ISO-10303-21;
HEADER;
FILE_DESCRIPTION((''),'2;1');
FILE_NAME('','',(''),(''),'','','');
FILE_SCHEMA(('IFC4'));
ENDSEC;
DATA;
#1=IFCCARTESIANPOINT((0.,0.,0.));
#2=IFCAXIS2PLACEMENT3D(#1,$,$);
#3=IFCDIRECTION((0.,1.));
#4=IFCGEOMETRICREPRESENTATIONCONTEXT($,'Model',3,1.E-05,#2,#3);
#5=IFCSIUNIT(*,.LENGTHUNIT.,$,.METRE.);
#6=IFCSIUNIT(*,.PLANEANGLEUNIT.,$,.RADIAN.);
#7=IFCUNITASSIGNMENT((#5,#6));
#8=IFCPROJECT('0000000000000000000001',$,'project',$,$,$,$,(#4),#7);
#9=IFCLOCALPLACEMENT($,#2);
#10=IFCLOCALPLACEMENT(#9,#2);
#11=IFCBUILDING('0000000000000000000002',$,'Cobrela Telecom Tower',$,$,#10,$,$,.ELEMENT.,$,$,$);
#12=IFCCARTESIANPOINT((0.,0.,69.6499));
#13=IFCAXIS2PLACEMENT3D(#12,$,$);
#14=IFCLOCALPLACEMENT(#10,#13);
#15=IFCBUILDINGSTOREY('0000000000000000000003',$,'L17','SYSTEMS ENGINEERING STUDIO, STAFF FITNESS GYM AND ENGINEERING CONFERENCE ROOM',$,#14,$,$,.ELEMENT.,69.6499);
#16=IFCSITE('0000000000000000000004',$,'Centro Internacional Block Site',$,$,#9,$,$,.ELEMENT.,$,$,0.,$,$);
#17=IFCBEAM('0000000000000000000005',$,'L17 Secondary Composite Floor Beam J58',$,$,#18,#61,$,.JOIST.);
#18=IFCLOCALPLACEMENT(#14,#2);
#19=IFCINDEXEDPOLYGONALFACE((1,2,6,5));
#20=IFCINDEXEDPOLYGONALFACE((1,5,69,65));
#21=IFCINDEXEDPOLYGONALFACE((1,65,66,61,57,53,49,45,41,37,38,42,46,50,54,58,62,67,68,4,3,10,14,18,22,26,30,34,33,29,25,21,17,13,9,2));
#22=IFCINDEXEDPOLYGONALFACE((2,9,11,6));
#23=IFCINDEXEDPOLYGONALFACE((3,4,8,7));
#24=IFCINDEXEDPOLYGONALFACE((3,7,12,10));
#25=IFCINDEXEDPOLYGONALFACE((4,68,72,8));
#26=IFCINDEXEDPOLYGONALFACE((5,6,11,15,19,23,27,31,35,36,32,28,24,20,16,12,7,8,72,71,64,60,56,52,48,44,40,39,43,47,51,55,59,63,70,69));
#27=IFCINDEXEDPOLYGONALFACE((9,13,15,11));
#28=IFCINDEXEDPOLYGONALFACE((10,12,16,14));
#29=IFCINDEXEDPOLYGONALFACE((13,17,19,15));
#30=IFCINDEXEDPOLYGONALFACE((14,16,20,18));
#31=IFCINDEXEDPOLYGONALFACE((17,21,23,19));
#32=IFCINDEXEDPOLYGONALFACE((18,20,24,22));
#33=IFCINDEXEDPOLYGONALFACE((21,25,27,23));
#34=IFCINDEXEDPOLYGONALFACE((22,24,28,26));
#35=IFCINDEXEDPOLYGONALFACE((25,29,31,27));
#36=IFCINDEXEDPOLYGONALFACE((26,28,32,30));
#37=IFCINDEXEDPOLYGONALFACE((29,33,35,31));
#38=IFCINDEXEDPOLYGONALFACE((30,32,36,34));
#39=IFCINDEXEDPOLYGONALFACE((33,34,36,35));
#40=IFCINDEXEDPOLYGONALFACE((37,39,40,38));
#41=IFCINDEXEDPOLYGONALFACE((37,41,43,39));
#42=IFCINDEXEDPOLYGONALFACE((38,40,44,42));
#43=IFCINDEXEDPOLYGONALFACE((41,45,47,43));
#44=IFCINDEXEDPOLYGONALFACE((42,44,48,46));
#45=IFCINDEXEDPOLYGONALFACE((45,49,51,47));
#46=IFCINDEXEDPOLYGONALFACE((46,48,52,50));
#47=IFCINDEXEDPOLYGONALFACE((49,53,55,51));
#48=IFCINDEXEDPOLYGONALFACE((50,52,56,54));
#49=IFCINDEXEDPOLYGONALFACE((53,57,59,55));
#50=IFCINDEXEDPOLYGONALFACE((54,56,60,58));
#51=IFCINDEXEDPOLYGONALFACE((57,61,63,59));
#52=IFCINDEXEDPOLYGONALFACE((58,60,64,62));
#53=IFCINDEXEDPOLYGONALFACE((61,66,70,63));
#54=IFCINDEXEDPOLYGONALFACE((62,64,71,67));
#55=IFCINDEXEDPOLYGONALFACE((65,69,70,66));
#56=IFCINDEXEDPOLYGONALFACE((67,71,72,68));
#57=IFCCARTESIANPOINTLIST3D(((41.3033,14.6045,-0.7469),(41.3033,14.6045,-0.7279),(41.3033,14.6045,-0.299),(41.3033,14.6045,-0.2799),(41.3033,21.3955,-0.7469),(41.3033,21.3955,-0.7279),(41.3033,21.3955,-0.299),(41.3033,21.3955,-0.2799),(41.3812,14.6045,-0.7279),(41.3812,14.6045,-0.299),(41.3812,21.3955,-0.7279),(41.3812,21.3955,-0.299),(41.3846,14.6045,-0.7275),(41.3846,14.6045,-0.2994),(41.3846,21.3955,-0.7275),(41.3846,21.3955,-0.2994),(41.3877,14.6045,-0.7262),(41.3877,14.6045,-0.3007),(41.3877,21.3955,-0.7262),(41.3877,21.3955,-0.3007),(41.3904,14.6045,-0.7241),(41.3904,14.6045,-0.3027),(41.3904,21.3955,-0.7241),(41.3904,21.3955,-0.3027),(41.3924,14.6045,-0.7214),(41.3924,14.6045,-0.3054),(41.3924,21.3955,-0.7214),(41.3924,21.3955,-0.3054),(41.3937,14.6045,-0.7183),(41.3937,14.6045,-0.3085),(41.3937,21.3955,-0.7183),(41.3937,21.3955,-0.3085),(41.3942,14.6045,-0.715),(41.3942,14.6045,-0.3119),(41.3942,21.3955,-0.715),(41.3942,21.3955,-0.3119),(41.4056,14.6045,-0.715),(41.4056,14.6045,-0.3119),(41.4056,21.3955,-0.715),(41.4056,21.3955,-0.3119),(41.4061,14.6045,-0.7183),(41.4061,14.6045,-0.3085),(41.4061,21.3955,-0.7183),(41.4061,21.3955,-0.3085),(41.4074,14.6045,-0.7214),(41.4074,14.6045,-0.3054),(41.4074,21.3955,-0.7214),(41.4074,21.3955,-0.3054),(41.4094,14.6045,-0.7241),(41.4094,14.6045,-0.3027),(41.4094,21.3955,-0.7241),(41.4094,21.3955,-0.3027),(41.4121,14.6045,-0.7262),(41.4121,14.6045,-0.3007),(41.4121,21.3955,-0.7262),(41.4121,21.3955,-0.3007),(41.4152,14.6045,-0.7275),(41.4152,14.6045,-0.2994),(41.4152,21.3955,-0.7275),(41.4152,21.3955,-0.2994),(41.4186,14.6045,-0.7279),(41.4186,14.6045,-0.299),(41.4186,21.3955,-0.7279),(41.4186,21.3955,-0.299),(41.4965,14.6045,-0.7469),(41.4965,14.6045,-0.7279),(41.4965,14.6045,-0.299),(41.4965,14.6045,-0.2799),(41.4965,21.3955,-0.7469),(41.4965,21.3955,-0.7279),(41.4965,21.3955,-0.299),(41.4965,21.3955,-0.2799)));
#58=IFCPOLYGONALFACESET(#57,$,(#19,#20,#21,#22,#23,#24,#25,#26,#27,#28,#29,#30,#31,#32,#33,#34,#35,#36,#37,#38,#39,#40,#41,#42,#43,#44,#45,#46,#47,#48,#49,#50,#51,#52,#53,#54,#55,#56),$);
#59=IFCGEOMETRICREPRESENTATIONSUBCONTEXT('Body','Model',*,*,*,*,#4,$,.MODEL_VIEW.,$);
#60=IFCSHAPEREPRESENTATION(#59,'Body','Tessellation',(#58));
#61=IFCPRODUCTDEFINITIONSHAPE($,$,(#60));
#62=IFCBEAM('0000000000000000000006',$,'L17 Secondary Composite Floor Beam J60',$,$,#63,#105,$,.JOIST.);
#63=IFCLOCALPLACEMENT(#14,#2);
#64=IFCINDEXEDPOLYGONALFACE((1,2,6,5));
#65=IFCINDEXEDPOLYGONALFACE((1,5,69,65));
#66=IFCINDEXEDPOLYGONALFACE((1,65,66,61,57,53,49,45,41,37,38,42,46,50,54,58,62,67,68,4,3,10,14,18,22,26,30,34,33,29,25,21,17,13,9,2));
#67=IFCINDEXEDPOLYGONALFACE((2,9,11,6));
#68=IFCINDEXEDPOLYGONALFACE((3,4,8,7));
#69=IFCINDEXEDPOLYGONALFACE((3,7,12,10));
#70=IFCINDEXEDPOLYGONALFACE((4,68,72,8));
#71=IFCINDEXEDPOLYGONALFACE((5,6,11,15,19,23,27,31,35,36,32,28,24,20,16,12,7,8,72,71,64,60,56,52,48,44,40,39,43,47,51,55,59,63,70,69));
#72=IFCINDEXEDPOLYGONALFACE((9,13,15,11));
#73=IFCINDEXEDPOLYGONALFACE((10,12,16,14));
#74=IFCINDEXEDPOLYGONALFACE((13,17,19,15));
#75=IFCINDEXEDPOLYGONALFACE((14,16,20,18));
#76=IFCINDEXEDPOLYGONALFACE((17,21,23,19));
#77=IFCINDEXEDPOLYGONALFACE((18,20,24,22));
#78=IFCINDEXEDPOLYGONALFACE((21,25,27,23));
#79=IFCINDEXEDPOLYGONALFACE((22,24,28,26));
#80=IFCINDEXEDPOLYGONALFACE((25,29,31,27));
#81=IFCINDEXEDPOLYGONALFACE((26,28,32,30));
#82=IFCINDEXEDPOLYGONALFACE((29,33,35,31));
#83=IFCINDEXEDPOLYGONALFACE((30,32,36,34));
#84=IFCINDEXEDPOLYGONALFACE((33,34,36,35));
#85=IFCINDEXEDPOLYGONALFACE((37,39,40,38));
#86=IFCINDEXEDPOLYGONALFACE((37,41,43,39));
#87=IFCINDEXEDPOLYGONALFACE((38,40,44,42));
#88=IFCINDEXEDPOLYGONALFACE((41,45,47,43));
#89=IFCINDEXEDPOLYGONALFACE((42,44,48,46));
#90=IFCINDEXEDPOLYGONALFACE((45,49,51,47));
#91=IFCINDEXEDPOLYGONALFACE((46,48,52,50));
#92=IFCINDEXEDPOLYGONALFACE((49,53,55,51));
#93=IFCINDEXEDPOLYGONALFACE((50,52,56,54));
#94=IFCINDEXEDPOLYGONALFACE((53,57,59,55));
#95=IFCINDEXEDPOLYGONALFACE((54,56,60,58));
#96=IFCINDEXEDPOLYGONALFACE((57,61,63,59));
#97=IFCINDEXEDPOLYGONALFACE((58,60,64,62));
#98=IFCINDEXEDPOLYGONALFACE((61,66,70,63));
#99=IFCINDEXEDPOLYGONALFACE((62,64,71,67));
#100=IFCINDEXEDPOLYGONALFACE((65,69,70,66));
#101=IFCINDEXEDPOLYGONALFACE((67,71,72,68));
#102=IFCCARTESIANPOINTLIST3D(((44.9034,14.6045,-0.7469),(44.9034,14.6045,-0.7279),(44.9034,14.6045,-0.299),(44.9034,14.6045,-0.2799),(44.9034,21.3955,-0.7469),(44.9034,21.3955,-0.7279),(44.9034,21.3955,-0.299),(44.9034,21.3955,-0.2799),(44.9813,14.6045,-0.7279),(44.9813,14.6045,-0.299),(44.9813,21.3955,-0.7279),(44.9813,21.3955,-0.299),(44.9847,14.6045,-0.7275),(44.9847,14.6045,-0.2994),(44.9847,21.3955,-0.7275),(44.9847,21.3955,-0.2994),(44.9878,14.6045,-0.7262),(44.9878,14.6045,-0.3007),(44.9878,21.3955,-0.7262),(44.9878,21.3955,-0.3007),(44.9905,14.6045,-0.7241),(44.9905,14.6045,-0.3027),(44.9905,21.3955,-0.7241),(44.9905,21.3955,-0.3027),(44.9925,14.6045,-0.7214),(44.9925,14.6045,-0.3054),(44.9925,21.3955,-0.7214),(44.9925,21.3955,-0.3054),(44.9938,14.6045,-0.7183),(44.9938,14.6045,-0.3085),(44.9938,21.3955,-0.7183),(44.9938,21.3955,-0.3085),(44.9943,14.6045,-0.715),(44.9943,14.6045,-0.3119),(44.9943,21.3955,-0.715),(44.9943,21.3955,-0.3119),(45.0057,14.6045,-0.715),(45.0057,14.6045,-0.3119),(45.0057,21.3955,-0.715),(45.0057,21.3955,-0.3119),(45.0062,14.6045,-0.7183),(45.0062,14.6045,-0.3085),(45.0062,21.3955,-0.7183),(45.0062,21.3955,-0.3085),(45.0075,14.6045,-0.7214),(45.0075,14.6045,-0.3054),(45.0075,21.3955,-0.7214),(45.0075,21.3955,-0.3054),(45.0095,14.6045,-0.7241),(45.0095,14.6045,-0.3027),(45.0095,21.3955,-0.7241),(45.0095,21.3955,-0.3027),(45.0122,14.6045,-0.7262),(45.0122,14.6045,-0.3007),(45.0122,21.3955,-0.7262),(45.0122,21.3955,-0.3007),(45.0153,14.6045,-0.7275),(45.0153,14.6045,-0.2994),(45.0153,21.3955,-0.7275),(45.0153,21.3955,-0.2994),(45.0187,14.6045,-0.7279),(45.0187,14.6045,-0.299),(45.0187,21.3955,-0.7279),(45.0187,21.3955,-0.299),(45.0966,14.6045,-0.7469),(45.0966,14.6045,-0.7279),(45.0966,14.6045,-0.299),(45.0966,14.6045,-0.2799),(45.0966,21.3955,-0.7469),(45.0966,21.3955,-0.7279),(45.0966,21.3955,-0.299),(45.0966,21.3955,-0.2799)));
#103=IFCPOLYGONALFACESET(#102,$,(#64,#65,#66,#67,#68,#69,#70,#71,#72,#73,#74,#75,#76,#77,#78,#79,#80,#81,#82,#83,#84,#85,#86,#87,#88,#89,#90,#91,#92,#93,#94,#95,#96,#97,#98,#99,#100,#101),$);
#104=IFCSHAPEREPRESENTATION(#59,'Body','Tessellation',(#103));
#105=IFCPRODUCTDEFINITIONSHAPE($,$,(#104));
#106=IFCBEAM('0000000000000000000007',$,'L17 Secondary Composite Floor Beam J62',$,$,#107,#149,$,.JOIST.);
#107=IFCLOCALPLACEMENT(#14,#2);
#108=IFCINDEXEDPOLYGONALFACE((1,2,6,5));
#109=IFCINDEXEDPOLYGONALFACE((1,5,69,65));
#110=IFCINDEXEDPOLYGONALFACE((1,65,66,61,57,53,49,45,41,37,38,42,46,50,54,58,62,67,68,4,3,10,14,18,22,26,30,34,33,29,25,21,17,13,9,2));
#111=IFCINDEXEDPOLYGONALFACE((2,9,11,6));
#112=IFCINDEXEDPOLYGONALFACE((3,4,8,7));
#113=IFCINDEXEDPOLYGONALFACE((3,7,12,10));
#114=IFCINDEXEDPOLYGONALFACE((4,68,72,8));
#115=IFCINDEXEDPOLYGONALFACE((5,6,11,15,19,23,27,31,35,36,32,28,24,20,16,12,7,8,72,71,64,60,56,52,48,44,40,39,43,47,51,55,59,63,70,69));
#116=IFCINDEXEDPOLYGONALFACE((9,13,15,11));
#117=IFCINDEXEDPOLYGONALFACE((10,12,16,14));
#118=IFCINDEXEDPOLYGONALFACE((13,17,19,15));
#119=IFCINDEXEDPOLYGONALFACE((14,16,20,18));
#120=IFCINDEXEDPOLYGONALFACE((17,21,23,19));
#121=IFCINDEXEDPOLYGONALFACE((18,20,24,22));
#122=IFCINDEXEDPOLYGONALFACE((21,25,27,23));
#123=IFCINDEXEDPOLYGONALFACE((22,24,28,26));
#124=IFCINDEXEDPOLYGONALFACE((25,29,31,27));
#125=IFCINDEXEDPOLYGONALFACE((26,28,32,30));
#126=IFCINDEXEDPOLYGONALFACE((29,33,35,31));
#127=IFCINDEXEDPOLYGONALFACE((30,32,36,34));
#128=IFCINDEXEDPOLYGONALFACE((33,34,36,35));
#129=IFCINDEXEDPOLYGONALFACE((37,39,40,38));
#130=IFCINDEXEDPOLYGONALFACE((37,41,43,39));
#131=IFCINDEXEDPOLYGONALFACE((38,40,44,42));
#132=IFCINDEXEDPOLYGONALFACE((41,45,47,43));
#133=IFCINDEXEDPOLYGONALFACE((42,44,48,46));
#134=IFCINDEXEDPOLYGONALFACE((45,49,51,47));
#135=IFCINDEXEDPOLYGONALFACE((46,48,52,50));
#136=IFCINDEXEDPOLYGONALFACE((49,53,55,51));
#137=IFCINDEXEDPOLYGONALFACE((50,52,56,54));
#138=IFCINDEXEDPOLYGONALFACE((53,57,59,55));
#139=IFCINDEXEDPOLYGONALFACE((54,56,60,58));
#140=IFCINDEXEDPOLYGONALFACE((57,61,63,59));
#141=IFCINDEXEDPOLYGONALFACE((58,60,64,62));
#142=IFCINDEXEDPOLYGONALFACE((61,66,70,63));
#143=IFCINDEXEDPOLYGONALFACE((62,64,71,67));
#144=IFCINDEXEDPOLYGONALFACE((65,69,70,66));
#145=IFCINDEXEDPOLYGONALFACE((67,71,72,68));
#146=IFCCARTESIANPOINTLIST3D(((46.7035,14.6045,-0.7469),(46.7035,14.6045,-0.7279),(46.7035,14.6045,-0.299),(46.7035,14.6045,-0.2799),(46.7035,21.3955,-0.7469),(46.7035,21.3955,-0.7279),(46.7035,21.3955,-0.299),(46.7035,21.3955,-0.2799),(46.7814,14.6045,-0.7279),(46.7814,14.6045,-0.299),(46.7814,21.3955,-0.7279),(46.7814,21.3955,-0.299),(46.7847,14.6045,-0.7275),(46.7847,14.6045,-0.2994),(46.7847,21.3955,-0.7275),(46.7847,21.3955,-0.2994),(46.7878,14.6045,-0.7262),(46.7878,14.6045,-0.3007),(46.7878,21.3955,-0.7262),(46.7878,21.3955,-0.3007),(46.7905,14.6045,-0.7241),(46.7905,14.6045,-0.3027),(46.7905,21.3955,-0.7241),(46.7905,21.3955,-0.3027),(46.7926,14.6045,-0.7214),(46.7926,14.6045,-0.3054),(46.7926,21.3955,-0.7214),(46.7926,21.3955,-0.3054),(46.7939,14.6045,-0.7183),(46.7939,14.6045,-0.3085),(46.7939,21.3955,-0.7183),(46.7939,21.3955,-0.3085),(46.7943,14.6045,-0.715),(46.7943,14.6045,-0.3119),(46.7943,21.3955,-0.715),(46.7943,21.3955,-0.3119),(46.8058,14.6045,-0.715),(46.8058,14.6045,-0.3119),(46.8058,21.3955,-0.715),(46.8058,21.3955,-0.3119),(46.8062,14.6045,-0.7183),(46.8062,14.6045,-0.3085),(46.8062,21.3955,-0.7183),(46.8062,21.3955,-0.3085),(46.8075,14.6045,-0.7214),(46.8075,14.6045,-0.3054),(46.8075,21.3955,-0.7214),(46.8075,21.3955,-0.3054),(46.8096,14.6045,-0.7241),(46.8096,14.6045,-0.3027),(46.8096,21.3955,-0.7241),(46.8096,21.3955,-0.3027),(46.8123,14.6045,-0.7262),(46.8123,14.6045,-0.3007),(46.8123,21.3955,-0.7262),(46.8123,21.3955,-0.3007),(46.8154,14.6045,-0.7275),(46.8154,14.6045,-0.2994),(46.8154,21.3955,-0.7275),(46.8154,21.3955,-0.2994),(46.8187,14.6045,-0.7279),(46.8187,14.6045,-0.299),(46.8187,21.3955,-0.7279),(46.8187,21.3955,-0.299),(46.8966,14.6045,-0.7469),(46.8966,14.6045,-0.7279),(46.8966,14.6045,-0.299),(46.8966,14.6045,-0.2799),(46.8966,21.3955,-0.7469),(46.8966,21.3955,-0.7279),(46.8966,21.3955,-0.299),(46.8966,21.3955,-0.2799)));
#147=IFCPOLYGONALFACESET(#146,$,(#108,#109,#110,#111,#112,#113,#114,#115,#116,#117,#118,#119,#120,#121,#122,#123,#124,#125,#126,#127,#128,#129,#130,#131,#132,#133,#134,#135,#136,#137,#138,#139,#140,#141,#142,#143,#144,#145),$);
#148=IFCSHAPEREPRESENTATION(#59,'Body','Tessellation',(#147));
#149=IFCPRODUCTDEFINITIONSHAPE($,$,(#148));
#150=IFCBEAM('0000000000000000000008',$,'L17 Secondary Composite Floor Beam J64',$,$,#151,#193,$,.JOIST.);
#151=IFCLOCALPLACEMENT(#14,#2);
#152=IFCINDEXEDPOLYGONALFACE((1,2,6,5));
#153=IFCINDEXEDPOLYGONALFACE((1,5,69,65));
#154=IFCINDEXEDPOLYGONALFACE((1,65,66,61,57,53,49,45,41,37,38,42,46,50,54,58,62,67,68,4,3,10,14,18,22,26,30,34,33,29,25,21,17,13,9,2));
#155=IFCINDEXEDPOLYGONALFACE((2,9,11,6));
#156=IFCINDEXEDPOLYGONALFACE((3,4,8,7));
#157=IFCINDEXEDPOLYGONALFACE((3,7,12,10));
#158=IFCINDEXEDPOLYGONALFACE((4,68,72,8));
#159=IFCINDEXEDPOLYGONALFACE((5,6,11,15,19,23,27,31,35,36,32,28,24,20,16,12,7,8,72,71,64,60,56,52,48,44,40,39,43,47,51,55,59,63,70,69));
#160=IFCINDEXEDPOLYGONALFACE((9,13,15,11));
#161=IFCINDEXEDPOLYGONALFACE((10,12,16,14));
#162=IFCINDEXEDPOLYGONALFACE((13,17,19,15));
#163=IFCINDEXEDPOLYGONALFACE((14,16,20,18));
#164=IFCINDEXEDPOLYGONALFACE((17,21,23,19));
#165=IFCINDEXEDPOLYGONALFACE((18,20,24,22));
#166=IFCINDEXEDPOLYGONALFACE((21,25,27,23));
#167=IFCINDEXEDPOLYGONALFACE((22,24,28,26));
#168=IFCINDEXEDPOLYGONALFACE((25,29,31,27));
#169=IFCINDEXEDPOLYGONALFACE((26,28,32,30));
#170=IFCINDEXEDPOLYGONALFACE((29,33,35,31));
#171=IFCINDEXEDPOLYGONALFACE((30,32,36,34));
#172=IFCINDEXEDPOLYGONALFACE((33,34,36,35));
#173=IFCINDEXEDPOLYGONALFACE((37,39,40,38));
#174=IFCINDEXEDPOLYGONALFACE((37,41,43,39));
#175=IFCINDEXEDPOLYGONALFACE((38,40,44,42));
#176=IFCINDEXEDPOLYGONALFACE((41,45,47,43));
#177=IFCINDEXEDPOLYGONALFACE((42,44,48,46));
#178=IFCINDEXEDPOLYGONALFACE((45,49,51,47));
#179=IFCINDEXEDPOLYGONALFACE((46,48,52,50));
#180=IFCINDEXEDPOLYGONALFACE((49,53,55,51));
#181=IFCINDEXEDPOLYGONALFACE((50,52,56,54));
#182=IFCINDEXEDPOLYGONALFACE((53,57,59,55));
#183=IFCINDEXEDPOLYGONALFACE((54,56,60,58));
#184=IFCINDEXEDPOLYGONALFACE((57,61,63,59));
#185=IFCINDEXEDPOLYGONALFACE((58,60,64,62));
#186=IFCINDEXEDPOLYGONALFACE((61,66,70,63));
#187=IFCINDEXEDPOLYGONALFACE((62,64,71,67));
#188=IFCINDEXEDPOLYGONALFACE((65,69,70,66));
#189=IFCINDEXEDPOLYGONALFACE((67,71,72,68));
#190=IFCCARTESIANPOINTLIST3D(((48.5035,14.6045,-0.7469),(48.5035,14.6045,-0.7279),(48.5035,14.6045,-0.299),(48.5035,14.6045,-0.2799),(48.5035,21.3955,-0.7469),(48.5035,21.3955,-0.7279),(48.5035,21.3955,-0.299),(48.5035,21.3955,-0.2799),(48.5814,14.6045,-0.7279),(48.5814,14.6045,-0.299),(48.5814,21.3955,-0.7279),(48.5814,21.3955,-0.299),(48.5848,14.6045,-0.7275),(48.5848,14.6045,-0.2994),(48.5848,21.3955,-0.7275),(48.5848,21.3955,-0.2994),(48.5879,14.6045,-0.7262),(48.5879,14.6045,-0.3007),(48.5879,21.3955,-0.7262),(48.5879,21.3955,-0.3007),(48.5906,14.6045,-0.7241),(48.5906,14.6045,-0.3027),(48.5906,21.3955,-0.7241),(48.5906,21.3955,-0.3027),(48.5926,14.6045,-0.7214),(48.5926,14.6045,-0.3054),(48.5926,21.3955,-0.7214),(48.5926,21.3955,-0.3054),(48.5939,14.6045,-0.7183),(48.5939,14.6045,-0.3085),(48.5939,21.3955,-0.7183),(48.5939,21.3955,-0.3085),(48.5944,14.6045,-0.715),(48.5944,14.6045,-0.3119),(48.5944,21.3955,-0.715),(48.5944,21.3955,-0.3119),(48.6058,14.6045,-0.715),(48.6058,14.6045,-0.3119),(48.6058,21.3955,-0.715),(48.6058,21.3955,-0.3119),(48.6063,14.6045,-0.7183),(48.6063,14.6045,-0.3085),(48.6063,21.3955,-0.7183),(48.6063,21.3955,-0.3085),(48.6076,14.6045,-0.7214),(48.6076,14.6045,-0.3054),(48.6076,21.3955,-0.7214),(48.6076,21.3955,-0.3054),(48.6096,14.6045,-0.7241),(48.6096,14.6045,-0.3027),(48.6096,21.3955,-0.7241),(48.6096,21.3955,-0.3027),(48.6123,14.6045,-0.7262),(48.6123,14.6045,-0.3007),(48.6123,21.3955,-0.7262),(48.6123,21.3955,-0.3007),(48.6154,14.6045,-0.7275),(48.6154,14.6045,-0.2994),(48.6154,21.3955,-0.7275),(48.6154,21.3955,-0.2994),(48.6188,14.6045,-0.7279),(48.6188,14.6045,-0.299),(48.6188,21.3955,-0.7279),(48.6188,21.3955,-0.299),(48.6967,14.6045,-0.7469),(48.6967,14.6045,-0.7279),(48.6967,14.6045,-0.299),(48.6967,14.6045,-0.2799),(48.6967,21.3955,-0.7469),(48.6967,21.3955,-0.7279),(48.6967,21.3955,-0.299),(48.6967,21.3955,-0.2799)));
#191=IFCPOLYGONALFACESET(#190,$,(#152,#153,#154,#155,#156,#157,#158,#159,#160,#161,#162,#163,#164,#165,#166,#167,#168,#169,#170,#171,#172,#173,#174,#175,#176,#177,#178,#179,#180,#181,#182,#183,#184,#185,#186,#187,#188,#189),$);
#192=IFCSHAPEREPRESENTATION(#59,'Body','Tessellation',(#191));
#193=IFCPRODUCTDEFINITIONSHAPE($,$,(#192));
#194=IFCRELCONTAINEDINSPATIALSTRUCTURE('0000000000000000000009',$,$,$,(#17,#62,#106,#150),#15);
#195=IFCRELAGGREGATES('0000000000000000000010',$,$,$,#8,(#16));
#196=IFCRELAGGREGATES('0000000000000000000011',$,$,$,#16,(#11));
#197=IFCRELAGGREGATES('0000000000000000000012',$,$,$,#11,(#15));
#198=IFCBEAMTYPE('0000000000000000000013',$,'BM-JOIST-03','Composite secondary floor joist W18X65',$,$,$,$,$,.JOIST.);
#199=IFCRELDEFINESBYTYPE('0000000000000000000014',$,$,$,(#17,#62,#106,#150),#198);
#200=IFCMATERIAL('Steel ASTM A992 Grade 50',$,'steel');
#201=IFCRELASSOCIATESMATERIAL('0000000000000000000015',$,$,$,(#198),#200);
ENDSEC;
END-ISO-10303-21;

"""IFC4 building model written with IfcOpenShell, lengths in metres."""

from ifc_helpers import new_model, si_unit, direction, frame, origin, origin_2d, place, context, subcontext, project, spatial, i_section, extrude, material, material_profile, profile_set, type_object, element, save


model = new_model("IFC4")

# Units and contexts
model_context = context("Model", 3, precision=1e-05, world=origin(), true_north=direction((0.0, 1.0)))
body_context = subcontext(model_context, "Body", "Model", "MODEL_VIEW")
ifc_project = project(units=[si_unit("LENGTHUNIT", "METRE"), si_unit("PLANEANGLEUNIT", "RADIAN")], contexts=[model_context])

# Site, building, storey
site_placement = place(None, origin())
site = spatial("IfcSite", under=ifc_project, at=site_placement, Name="Centro Internacional Block Site", CompositionType="ELEMENT", RefElevation=0.0)
building_placement = place(site_placement, origin())
building = spatial("IfcBuilding", under=site, at=building_placement, Name="Cobrela Telecom Tower", CompositionType="ELEMENT")
storey_placement = place(building_placement, frame((0.0, 0.0, 69.6499)))
storey = spatial("IfcBuildingStorey", under=building, at=storey_placement, Name="L17", Description="SYSTEMS ENGINEERING STUDIO, STAFF FITNESS GYM AND ENGINEERING CONFERENCE ROOM", CompositionType="ELEMENT", Elevation=69.6499)

# Shared definitions
ifc_material_1 = material(Name="Steel ASTM A992 Grade 50", Category="steel")

# Beams
ifc_material_profile_1 = material_profile(ifc_material_1, i_section(OverallWidth=0.1931, OverallDepth=0.467, WebThickness=0.0115, FlangeThickness=0.019, FilletRadius=0.0129, at=origin_2d()), Name="W18X65")
ifc_profile_set_1 = profile_set([ifc_material_profile_1], Name="Steel ASTM A992 Grade 50")
beam_type_1 = type_object("IfcBeamType", Name="BM-JOIST-03", Description="Composite secondary floor joist W18X65", PredefinedType="JOIST", material=ifc_profile_set_1)
for number, where, z_axis, x_axis, name in (
    (1, (41.3999, 14.6045, -0.5134), (0.0, 1.0, 0.0), (-1.0, 0.0, 0.0), "L17 Secondary Composite Floor Beam J58"),
    (2, (45.0, 14.6045, -0.5134), (0.0, 1.0, 0.0), (-1.0, 0.0, 0.0), "L17 Secondary Composite Floor Beam J60"),
    (3, (46.8, 14.6045, -0.5134), (0.0, 1.0, 0.0), (-1.0, 0.0, 0.0), "L17 Secondary Composite Floor Beam J62"),
    (4, (48.6001, 14.6045, -0.5134), (0.0, 1.0, 0.0), (-1.0, 0.0, 0.0), "L17 Secondary Composite Floor Beam J64"),
):
    element("IfcBeam", number, at=place(storey_placement, frame(where, z_axis=z_axis, x_axis=x_axis)), inside=storey, type_object=beam_type_1, Name=name, PredefinedType="JOIST", context=body_context, shape_type="SweptSolid", body=[
        extrude(i_section(OverallWidth=0.1931, OverallDepth=0.467, WebThickness=0.0115, FlangeThickness=0.019, FilletRadius=0.0129, at=origin_2d()), origin(), (0.0, 0.0, 1.0), 6.791),
    ])

save(model, "model.ifc")
